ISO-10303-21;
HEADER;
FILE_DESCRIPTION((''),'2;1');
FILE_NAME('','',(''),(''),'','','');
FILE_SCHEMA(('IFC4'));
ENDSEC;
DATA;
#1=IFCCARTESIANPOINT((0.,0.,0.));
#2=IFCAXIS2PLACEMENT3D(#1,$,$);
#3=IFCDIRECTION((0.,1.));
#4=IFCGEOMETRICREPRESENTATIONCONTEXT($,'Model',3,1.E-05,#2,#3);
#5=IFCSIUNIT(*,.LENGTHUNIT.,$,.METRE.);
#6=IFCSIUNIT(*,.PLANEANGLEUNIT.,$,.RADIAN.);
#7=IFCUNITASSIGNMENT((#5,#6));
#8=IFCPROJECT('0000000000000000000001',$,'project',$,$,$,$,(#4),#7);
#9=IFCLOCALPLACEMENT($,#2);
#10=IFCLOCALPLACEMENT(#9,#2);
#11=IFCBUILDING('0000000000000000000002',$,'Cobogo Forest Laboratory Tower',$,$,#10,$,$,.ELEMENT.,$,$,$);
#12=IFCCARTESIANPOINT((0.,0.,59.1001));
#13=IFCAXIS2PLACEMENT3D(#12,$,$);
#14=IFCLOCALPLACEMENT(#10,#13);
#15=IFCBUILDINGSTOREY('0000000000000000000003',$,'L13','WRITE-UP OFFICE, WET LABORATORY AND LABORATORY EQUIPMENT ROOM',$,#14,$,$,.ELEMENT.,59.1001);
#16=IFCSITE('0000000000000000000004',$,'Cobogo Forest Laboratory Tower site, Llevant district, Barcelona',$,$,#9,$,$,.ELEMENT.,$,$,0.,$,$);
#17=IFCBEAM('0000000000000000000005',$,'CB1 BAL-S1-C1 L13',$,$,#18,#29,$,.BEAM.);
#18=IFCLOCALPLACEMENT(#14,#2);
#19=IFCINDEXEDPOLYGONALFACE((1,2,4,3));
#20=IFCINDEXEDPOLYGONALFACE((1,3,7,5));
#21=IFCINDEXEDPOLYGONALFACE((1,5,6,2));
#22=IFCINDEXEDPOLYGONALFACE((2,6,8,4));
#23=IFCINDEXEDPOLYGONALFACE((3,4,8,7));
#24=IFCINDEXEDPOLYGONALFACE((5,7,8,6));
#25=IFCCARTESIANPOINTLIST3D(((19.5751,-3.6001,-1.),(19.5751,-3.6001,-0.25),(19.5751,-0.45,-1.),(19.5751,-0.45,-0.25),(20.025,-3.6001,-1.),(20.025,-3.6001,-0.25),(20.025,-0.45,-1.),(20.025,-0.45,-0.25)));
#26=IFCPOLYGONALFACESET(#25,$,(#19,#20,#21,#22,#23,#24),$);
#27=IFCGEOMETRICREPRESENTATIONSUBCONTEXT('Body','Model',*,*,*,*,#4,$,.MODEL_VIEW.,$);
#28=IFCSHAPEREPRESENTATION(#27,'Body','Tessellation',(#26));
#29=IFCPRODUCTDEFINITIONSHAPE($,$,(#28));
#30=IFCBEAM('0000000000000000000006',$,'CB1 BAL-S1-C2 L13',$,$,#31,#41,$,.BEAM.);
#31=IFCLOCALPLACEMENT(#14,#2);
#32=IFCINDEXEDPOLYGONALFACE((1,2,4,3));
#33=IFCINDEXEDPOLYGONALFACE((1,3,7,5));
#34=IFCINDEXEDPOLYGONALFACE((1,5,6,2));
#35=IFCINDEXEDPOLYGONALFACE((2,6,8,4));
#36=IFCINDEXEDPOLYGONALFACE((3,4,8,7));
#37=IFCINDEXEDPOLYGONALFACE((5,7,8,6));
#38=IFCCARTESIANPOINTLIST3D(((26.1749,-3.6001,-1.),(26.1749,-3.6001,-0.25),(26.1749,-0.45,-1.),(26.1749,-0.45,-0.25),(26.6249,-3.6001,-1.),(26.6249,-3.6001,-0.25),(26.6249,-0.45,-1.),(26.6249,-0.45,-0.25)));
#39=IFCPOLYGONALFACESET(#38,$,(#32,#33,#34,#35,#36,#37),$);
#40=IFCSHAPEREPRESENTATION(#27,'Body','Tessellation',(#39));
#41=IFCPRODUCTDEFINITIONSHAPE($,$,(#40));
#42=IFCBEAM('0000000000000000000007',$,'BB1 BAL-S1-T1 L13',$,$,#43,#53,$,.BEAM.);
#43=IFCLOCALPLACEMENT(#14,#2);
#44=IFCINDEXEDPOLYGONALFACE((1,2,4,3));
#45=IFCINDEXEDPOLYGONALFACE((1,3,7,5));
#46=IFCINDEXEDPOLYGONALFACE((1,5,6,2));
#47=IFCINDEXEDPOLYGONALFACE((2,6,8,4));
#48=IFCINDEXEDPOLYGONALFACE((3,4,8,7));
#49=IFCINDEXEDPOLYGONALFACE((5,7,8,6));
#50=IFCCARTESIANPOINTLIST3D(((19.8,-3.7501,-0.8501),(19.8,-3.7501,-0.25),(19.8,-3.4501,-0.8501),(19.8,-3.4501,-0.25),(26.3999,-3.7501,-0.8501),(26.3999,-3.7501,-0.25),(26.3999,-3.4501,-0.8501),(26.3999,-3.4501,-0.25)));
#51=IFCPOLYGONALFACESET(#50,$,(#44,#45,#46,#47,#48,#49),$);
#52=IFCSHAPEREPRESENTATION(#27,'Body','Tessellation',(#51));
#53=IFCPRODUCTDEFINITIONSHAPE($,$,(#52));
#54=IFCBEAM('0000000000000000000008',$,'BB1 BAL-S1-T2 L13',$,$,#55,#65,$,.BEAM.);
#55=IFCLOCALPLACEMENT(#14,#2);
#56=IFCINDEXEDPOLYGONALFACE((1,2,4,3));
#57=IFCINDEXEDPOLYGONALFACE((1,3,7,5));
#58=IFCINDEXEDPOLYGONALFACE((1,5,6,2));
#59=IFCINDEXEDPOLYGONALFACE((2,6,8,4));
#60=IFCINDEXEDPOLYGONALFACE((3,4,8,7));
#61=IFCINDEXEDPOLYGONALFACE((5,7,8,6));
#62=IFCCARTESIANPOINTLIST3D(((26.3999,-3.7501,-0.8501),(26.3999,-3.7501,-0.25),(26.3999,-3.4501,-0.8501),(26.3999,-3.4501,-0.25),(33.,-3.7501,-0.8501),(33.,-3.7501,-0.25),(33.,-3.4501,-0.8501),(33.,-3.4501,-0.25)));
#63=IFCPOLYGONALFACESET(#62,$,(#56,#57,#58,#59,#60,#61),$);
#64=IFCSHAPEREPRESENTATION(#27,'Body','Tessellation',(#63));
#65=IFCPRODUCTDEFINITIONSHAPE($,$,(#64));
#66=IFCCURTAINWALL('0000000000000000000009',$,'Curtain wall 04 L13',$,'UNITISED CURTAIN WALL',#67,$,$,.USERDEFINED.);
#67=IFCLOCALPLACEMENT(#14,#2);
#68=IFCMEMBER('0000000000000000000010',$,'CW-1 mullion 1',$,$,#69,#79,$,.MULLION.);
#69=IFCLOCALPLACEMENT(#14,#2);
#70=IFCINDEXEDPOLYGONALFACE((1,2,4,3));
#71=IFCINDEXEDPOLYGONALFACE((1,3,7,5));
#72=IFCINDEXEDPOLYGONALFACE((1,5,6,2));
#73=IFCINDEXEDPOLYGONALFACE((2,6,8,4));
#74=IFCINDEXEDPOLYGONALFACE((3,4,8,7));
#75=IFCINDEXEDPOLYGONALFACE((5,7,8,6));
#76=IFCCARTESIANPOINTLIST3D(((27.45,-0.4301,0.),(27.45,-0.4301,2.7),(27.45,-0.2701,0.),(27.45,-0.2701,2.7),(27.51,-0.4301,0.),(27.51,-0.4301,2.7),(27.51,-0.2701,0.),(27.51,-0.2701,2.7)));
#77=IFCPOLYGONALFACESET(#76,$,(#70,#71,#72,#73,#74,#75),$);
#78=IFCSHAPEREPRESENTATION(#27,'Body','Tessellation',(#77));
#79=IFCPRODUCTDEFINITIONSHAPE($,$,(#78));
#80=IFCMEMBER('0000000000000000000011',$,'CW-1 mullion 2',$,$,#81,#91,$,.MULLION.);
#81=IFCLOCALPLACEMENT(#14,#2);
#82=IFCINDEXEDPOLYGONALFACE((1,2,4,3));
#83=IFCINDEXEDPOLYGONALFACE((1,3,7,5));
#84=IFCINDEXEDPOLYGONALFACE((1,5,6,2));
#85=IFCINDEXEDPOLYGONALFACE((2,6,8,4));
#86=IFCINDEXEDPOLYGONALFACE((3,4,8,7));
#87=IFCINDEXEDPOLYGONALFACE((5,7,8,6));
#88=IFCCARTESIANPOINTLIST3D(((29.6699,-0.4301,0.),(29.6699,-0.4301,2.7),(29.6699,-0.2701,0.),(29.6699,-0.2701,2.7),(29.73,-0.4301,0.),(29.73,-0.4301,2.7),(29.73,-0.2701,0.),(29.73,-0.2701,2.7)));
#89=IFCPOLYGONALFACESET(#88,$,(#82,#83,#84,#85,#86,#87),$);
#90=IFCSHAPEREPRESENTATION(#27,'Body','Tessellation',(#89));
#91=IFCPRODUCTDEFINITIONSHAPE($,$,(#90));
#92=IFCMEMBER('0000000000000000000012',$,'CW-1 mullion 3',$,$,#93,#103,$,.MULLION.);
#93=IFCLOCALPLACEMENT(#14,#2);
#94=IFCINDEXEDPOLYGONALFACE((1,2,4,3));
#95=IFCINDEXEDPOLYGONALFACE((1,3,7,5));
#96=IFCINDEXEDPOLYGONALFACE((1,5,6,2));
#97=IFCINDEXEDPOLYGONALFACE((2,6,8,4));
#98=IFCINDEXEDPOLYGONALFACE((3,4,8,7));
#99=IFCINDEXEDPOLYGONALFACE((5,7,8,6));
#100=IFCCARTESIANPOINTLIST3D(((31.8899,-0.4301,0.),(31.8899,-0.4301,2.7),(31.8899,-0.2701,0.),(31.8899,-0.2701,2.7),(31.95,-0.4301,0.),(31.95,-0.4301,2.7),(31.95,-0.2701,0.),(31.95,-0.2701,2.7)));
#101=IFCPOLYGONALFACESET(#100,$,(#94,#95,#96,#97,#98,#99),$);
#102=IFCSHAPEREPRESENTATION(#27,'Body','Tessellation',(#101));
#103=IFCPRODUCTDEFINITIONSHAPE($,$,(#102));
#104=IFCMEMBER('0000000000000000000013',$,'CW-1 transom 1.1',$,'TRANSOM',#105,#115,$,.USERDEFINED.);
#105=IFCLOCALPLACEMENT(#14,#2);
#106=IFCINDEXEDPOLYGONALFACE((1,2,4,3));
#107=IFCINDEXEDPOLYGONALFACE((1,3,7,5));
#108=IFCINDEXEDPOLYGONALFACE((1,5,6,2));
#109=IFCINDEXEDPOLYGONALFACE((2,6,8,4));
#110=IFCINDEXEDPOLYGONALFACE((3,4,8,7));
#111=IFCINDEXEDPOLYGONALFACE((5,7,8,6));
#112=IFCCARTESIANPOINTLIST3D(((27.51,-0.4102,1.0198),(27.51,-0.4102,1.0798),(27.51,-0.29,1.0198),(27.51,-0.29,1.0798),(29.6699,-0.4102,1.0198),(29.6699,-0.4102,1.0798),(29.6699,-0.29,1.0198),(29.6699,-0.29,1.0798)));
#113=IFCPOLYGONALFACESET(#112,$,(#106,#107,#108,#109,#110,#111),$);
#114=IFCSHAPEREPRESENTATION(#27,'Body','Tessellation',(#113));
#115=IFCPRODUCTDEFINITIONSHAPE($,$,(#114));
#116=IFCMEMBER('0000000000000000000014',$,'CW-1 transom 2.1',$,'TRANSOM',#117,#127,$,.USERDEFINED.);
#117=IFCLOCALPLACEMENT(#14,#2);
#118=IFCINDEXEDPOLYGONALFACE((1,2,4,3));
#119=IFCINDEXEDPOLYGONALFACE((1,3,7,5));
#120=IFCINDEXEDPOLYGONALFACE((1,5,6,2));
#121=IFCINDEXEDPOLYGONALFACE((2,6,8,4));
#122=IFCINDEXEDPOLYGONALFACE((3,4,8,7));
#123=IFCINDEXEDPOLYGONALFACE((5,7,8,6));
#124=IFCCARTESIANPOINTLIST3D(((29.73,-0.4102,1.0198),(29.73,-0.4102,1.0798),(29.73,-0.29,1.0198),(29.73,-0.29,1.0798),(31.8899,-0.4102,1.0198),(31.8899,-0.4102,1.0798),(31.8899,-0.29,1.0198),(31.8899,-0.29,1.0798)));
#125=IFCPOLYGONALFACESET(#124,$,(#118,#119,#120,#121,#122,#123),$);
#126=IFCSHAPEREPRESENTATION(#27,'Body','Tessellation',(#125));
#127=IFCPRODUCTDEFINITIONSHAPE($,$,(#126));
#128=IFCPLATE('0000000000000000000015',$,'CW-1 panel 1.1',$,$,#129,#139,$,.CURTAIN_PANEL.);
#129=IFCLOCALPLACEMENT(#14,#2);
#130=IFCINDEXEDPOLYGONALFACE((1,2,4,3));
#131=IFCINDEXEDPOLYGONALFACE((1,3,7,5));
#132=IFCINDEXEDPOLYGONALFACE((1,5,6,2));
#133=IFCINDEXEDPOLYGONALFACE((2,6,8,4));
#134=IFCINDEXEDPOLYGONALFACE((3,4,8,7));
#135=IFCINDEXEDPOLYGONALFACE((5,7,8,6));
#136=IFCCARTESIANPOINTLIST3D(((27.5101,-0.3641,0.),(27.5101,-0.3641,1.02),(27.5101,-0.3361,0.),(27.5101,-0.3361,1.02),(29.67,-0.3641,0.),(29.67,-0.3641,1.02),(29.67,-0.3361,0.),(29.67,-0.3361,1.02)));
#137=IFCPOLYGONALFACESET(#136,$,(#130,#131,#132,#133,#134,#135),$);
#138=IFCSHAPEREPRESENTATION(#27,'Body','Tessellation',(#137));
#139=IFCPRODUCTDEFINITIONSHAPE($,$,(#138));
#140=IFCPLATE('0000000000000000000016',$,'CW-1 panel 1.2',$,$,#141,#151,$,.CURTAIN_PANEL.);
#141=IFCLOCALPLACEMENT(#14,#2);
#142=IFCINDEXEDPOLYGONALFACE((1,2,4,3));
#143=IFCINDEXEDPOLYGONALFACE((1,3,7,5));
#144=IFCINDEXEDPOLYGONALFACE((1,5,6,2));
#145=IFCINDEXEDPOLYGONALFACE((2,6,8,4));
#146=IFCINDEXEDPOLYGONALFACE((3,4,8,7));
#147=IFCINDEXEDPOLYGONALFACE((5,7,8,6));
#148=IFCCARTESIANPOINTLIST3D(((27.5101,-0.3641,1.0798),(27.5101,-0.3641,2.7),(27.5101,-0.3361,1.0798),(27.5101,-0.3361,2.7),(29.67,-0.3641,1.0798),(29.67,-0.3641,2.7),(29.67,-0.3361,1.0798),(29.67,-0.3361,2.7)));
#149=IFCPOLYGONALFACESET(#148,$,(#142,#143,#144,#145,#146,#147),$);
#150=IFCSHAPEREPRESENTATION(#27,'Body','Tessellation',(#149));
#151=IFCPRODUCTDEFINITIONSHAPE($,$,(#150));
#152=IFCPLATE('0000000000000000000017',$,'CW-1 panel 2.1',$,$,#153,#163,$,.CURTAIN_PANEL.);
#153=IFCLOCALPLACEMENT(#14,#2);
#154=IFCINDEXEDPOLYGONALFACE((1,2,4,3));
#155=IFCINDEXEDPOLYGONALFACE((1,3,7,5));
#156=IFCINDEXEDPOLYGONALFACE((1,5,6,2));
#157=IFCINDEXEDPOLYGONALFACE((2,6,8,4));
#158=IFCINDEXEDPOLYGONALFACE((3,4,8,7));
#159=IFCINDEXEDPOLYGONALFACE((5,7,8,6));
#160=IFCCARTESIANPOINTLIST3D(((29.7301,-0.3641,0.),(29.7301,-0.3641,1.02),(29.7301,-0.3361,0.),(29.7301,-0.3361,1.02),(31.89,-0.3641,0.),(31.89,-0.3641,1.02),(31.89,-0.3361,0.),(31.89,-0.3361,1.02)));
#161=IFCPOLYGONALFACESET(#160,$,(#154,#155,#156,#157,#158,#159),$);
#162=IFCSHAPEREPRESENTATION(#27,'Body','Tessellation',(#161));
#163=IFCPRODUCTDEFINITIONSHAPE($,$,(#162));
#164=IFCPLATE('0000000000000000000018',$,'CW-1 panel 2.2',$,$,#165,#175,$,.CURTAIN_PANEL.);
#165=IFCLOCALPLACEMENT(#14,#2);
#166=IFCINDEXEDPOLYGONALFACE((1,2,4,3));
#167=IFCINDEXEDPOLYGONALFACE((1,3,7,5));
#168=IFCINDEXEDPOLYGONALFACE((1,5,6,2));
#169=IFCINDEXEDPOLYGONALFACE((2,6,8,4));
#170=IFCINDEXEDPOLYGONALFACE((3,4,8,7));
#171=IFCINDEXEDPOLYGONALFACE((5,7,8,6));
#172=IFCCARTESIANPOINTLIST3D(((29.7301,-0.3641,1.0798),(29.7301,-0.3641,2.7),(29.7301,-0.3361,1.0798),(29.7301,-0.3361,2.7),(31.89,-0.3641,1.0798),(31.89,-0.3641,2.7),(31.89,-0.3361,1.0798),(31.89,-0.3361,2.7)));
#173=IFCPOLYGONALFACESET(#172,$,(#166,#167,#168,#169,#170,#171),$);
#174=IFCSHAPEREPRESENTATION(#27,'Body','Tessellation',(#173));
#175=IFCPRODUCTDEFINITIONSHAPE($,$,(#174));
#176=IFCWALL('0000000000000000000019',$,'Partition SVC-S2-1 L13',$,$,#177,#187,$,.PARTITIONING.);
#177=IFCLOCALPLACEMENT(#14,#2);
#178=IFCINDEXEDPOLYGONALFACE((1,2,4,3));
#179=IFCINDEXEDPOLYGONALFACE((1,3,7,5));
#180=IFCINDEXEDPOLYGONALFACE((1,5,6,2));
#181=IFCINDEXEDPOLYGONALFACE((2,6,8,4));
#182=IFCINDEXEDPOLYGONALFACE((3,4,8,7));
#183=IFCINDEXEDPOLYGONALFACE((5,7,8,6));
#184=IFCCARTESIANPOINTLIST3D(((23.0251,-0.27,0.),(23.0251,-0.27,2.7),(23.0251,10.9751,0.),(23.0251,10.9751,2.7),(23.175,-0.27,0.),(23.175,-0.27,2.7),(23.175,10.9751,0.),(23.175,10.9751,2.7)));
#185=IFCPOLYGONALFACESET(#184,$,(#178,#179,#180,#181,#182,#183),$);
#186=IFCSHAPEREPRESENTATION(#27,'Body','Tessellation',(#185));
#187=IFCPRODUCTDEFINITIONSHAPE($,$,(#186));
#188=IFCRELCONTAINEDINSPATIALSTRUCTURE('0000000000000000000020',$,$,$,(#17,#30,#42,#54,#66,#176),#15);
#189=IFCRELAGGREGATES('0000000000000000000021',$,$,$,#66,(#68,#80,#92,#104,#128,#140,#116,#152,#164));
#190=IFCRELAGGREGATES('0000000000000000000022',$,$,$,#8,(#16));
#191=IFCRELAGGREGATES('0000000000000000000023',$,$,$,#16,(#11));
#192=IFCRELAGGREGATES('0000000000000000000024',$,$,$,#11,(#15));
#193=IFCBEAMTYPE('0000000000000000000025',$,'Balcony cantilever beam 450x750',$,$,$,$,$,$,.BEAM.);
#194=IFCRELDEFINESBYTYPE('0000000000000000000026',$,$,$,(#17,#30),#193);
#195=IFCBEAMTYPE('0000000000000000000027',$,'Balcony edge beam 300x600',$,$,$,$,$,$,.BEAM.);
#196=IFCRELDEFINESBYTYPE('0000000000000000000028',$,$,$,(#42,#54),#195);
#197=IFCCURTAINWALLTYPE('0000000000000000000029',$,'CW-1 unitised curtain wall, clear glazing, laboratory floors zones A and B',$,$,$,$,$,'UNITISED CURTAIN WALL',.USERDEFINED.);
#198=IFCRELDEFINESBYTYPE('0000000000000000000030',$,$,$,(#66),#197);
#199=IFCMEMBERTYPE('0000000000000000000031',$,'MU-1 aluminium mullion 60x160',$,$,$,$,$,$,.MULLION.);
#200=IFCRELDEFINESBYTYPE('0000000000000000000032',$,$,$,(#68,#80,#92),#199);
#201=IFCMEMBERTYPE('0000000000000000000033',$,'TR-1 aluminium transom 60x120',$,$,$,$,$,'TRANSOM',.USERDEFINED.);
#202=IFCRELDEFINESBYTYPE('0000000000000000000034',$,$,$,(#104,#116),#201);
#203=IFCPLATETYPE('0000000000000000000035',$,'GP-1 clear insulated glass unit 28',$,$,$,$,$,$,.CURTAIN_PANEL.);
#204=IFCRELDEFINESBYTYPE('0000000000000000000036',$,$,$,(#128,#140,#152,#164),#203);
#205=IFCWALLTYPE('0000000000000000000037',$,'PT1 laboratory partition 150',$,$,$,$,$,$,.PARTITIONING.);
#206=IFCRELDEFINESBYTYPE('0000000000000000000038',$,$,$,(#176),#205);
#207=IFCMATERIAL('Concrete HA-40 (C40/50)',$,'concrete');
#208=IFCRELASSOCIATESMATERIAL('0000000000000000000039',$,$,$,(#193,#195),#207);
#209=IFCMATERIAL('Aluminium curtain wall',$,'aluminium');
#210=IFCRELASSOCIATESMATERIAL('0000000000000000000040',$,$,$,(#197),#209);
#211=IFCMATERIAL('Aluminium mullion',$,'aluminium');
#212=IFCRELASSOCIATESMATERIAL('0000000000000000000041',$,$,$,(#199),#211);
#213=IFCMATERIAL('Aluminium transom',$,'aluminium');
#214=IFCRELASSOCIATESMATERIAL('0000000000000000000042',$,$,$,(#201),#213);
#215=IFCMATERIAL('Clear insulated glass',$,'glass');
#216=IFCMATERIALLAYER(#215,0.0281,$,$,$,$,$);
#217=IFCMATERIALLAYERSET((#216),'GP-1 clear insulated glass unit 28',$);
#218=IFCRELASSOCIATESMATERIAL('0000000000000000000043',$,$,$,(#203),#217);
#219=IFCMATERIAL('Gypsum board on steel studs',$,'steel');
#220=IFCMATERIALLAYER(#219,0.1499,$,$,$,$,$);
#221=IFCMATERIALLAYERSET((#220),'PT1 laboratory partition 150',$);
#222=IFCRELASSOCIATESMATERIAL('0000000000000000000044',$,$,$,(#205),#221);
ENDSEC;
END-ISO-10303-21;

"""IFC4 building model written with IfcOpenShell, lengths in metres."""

from ifc_helpers import new_model, si_unit, direction, frame, frame_2d, origin, origin_2d, place, context, subcontext, project, spatial, rectangle, extrude, material, layer, layer_set, material_profile, profile_set, type_object, element, aggregate, save


model = new_model("IFC4")

# Units and contexts
model_context = context("Model", 3, precision=1e-05, world=origin(), true_north=direction((0.0, 1.0)))
body_context = subcontext(model_context, "Body", "Model", "MODEL_VIEW")
ifc_project = project(units=[si_unit("LENGTHUNIT", "METRE"), si_unit("PLANEANGLEUNIT", "RADIAN")], contexts=[model_context])

# Site, building, storey
site_placement = place(None, origin())
site = spatial("IfcSite", under=ifc_project, at=site_placement, Name="Cobogo Forest Laboratory Tower site, Llevant district, Barcelona", CompositionType="ELEMENT", RefElevation=0.0)
building_placement = place(site_placement, origin())
building = spatial("IfcBuilding", under=site, at=building_placement, Name="Cobogo Forest Laboratory Tower", CompositionType="ELEMENT")
storey_placement = place(building_placement, frame((0.0, 0.0, 59.1001)))
storey = spatial("IfcBuildingStorey", under=building, at=storey_placement, Name="L13", Description="WRITE-UP OFFICE, WET LABORATORY AND LABORATORY EQUIPMENT ROOM", CompositionType="ELEMENT", Elevation=59.1001)

# Beams
ifc_material_1 = material(Name="Concrete HA-40 (C40/50)", Category="concrete")
ifc_material_profile_1 = material_profile(ifc_material_1, rectangle(XDim=0.45, YDim=0.75, at=origin_2d()), Name="RC 450x750")
ifc_profile_set_1 = profile_set([ifc_material_profile_1], Name="Concrete HA-40 (C40/50)")
beam_type_1 = type_object("IfcBeamType", Name="Balcony cantilever beam 450x750", PredefinedType="BEAM", material=ifc_profile_set_1)
for number, where, z_axis, x_axis, name in (
    (1, (19.8, -0.45, -0.625), (0.0, -1.0, 0.0), (1.0, 0.0, 0.0), "CB1 BAL-S1-C1 L13"),
    (2, (26.3999, -0.45, -0.625), (0.0, -1.0, 0.0), (1.0, 0.0, 0.0), "CB1 BAL-S1-C2 L13"),
):
    element("IfcBeam", number, at=place(storey_placement, frame(where, z_axis=z_axis, x_axis=x_axis)), inside=storey, type_object=beam_type_1, Name=name, PredefinedType="BEAM", context=body_context, shape_type="SweptSolid", body=[
        extrude(rectangle(XDim=0.45, YDim=0.75, at=origin_2d()), origin(), (0.0, 0.0, 1.0), 3.1501),
    ])
ifc_material_profile_2 = material_profile(ifc_material_1, rectangle(XDim=0.3, YDim=0.6001, at=origin_2d()), Name="RC 300x600")
ifc_profile_set_2 = profile_set([ifc_material_profile_2], Name="Concrete HA-40 (C40/50)")
beam_type_2 = type_object("IfcBeamType", Name="Balcony edge beam 300x600", PredefinedType="BEAM", material=ifc_profile_set_2)
beam_1_placement = place(storey_placement, frame((19.8, -3.6001, -0.55), z_axis=(1.0, 0.0, 0.0), x_axis=(0.0, 1.0, 0.0)))
element("IfcBeam", 3, at=beam_1_placement, inside=storey, type_object=beam_type_2, Name="BB1 BAL-S1-T1 L13", PredefinedType="BEAM", context=body_context, shape_type="SweptSolid", body=[
    extrude(rectangle(XDim=0.3, YDim=0.6001, at=origin_2d()), origin(), (0.0, 0.0, 1.0), 6.5999),
])
beam_2_placement = place(storey_placement, frame((26.3999, -3.6001, -0.55), z_axis=(1.0, 0.0, 0.0), x_axis=(0.0, 1.0, 0.0)))
element("IfcBeam", 4, at=beam_2_placement, inside=storey, type_object=beam_type_2, Name="BB1 BAL-S1-T2 L13", PredefinedType="BEAM", context=body_context, shape_type="SweptSolid", body=[
    extrude(rectangle(XDim=0.3, YDim=0.6001, at=origin_2d()), origin(), (0.0, 0.0, 1.0), 6.6001),
])

# Curtain wall, members, plates
ifc_material_2 = material(Name="Aluminium curtain wall", Category="aluminium")
curtain_wall_type = type_object("IfcCurtainWallType", Name="CW-1 unitised curtain wall, clear glazing, laboratory floors zones A and B", ElementType="UNITISED CURTAIN WALL", PredefinedType="USERDEFINED", material=ifc_material_2)
curtain_wall_placement = place(storey_placement, origin())
curtain_wall = element("IfcCurtainWall", 5, at=curtain_wall_placement, inside=storey, type_object=curtain_wall_type, Name="Curtain wall 04 L13", ObjectType="UNITISED CURTAIN WALL", PredefinedType="USERDEFINED")
ifc_material_3 = material(Name="Aluminium mullion", Category="aluminium")
ifc_material_profile_3 = material_profile(ifc_material_3, rectangle(XDim=0.0601, YDim=0.1599, at=origin_2d()), Name="AL 60x160")
ifc_profile_set_3 = profile_set([ifc_material_profile_3], Name="Aluminium mullion")
member_type_1 = type_object("IfcMemberType", Name="MU-1 aluminium mullion 60x160", PredefinedType="MULLION", material=ifc_profile_set_3)
member_1_placement = place(storey_placement, frame((27.48, -0.3501, 0.0), z_axis=(0.0, 0.0, 1.0), x_axis=(1.0, 0.0, 0.0)))
member_1 = element("IfcMember", 6, at=member_1_placement, type_object=member_type_1, Name="CW-1 mullion 1", PredefinedType="MULLION", context=body_context, shape_type="SweptSolid", body=[
    extrude(rectangle(XDim=0.0601, YDim=0.1599, at=origin_2d()), origin(), (0.0, 0.0, 1.0), 2.7),
])
member_2_placement = place(storey_placement, frame((29.7, -0.3501, 0.0), z_axis=(0.0, 0.0, 1.0), x_axis=(1.0, 0.0, 0.0)))
member_2 = element("IfcMember", 7, at=member_2_placement, type_object=member_type_1, Name="CW-1 mullion 2", PredefinedType="MULLION", context=body_context, shape_type="SweptSolid", body=[
    extrude(rectangle(XDim=0.0601, YDim=0.1599, at=origin_2d()), origin(), (0.0, 0.0, 1.0), 2.7),
])
member_3_placement = place(storey_placement, frame((31.9199, -0.3501, 0.0), z_axis=(0.0, 0.0, 1.0), x_axis=(1.0, 0.0, 0.0)))
member_3 = element("IfcMember", 8, at=member_3_placement, type_object=member_type_1, Name="CW-1 mullion 3", PredefinedType="MULLION", context=body_context, shape_type="SweptSolid", body=[
    extrude(rectangle(XDim=0.0601, YDim=0.1599, at=origin_2d()), origin(), (0.0, 0.0, 1.0), 2.7),
])
ifc_material_4 = material(Name="Aluminium transom", Category="aluminium")
ifc_material_profile_4 = material_profile(ifc_material_4, rectangle(XDim=0.1201, YDim=0.0601, at=origin_2d()), Name="AL 60x120")
ifc_profile_set_4 = profile_set([ifc_material_profile_4], Name="Aluminium transom")
member_type_2 = type_object("IfcMemberType", Name="TR-1 aluminium transom 60x120", ElementType="TRANSOM", PredefinedType="USERDEFINED", material=ifc_profile_set_4)
member_4_placement = place(storey_placement, frame((27.51, -0.3501, 1.0498), z_axis=(1.0, 0.0, 0.0), x_axis=(0.0, 1.0, 0.0)))
member_4 = element("IfcMember", 9, at=member_4_placement, type_object=member_type_2, Name="CW-1 transom 1.1", ObjectType="TRANSOM", PredefinedType="USERDEFINED", context=body_context, shape_type="SweptSolid", body=[
    extrude(rectangle(XDim=0.1201, YDim=0.0601, at=origin_2d()), origin(), (0.0, 0.0, 1.0), 2.1599),
])
member_5_placement = place(storey_placement, frame((29.73, -0.3501, 1.0498), z_axis=(1.0, 0.0, 0.0), x_axis=(0.0, 1.0, 0.0)))
member_5 = element("IfcMember", 10, at=member_5_placement, type_object=member_type_2, Name="CW-1 transom 2.1", ObjectType="TRANSOM", PredefinedType="USERDEFINED", context=body_context, shape_type="SweptSolid", body=[
    extrude(rectangle(XDim=0.1201, YDim=0.0601, at=origin_2d()), origin(), (0.0, 0.0, 1.0), 2.1599),
])
ifc_material_5 = material(Name="Clear insulated glass", Category="glass")
ifc_layer_1 = layer(ifc_material_5, 0.0281)
ifc_layer_set_1 = layer_set([ifc_layer_1], Name="GP-1 clear insulated glass unit 28")
plate_type = type_object("IfcPlateType", Name="GP-1 clear insulated glass unit 28", PredefinedType="CURTAIN_PANEL", material=ifc_layer_set_1)
plate_1_placement = place(storey_placement, frame((28.5901, -0.3501, 0.0), z_axis=(0.0, 0.0, 1.0), x_axis=(1.0, 0.0, 0.0)))
plate_1 = element("IfcPlate", 11, at=plate_1_placement, type_object=plate_type, Name="CW-1 panel 1.1", PredefinedType="CURTAIN_PANEL", context=body_context, shape_type="SweptSolid", body=[
    extrude(rectangle(XDim=2.1599, YDim=0.0281, at=origin_2d()), origin(), (0.0, 0.0, 1.0), 1.02),
])
plate_2_placement = place(storey_placement, frame((28.5901, -0.3501, 1.0798), z_axis=(0.0, 0.0, 1.0), x_axis=(1.0, 0.0, 0.0)))
plate_2 = element("IfcPlate", 12, at=plate_2_placement, type_object=plate_type, Name="CW-1 panel 1.2", PredefinedType="CURTAIN_PANEL", context=body_context, shape_type="SweptSolid", body=[
    extrude(rectangle(XDim=2.1599, YDim=0.0281, at=origin_2d()), origin(), (0.0, 0.0, 1.0), 1.6201),
])
plate_3_placement = place(storey_placement, frame((30.8101, -0.3501, 0.0), z_axis=(0.0, 0.0, 1.0), x_axis=(1.0, 0.0, 0.0)))
plate_3 = element("IfcPlate", 13, at=plate_3_placement, type_object=plate_type, Name="CW-1 panel 2.1", PredefinedType="CURTAIN_PANEL", context=body_context, shape_type="SweptSolid", body=[
    extrude(rectangle(XDim=2.1599, YDim=0.0281, at=origin_2d()), origin(), (0.0, 0.0, 1.0), 1.02),
])
plate_4_placement = place(storey_placement, frame((30.8101, -0.3501, 1.0798), z_axis=(0.0, 0.0, 1.0), x_axis=(1.0, 0.0, 0.0)))
plate_4 = element("IfcPlate", 14, at=plate_4_placement, type_object=plate_type, Name="CW-1 panel 2.2", PredefinedType="CURTAIN_PANEL", context=body_context, shape_type="SweptSolid", body=[
    extrude(rectangle(XDim=2.1599, YDim=0.0281, at=origin_2d()), origin(), (0.0, 0.0, 1.0), 1.6201),
])
aggregate(curtain_wall, [member_1, member_2, member_3, member_4, plate_1, plate_2, member_5, plate_3, plate_4])

# Wall
ifc_material_6 = material(Name="Gypsum board on steel studs", Category="steel")
ifc_layer_2 = layer(ifc_material_6, 0.1499)
ifc_layer_set_2 = layer_set([ifc_layer_2], Name="PT1 laboratory partition 150")
wall_type_1 = type_object("IfcWallType", Name="PT1 laboratory partition 150", PredefinedType="PARTITIONING", material=ifc_layer_set_2)
wall_1_placement = place(storey_placement, frame((23.1001, -0.27, 0.0), z_axis=(0.0, 0.0, 1.0), x_axis=(0.0, 1.0, 0.0)))
element("IfcWall", 15, at=wall_1_placement, inside=storey, type_object=wall_type_1, Name="Partition SVC-S2-1 L13", PredefinedType="PARTITIONING", context=body_context, shape_type="SweptSolid", body=[
    extrude(rectangle(XDim=11.2451, YDim=0.1499, at=frame_2d((5.6226, 0.0))), origin(), (0.0, 0.0, 1.0), 2.7),
])

save(model, "model.ifc")
